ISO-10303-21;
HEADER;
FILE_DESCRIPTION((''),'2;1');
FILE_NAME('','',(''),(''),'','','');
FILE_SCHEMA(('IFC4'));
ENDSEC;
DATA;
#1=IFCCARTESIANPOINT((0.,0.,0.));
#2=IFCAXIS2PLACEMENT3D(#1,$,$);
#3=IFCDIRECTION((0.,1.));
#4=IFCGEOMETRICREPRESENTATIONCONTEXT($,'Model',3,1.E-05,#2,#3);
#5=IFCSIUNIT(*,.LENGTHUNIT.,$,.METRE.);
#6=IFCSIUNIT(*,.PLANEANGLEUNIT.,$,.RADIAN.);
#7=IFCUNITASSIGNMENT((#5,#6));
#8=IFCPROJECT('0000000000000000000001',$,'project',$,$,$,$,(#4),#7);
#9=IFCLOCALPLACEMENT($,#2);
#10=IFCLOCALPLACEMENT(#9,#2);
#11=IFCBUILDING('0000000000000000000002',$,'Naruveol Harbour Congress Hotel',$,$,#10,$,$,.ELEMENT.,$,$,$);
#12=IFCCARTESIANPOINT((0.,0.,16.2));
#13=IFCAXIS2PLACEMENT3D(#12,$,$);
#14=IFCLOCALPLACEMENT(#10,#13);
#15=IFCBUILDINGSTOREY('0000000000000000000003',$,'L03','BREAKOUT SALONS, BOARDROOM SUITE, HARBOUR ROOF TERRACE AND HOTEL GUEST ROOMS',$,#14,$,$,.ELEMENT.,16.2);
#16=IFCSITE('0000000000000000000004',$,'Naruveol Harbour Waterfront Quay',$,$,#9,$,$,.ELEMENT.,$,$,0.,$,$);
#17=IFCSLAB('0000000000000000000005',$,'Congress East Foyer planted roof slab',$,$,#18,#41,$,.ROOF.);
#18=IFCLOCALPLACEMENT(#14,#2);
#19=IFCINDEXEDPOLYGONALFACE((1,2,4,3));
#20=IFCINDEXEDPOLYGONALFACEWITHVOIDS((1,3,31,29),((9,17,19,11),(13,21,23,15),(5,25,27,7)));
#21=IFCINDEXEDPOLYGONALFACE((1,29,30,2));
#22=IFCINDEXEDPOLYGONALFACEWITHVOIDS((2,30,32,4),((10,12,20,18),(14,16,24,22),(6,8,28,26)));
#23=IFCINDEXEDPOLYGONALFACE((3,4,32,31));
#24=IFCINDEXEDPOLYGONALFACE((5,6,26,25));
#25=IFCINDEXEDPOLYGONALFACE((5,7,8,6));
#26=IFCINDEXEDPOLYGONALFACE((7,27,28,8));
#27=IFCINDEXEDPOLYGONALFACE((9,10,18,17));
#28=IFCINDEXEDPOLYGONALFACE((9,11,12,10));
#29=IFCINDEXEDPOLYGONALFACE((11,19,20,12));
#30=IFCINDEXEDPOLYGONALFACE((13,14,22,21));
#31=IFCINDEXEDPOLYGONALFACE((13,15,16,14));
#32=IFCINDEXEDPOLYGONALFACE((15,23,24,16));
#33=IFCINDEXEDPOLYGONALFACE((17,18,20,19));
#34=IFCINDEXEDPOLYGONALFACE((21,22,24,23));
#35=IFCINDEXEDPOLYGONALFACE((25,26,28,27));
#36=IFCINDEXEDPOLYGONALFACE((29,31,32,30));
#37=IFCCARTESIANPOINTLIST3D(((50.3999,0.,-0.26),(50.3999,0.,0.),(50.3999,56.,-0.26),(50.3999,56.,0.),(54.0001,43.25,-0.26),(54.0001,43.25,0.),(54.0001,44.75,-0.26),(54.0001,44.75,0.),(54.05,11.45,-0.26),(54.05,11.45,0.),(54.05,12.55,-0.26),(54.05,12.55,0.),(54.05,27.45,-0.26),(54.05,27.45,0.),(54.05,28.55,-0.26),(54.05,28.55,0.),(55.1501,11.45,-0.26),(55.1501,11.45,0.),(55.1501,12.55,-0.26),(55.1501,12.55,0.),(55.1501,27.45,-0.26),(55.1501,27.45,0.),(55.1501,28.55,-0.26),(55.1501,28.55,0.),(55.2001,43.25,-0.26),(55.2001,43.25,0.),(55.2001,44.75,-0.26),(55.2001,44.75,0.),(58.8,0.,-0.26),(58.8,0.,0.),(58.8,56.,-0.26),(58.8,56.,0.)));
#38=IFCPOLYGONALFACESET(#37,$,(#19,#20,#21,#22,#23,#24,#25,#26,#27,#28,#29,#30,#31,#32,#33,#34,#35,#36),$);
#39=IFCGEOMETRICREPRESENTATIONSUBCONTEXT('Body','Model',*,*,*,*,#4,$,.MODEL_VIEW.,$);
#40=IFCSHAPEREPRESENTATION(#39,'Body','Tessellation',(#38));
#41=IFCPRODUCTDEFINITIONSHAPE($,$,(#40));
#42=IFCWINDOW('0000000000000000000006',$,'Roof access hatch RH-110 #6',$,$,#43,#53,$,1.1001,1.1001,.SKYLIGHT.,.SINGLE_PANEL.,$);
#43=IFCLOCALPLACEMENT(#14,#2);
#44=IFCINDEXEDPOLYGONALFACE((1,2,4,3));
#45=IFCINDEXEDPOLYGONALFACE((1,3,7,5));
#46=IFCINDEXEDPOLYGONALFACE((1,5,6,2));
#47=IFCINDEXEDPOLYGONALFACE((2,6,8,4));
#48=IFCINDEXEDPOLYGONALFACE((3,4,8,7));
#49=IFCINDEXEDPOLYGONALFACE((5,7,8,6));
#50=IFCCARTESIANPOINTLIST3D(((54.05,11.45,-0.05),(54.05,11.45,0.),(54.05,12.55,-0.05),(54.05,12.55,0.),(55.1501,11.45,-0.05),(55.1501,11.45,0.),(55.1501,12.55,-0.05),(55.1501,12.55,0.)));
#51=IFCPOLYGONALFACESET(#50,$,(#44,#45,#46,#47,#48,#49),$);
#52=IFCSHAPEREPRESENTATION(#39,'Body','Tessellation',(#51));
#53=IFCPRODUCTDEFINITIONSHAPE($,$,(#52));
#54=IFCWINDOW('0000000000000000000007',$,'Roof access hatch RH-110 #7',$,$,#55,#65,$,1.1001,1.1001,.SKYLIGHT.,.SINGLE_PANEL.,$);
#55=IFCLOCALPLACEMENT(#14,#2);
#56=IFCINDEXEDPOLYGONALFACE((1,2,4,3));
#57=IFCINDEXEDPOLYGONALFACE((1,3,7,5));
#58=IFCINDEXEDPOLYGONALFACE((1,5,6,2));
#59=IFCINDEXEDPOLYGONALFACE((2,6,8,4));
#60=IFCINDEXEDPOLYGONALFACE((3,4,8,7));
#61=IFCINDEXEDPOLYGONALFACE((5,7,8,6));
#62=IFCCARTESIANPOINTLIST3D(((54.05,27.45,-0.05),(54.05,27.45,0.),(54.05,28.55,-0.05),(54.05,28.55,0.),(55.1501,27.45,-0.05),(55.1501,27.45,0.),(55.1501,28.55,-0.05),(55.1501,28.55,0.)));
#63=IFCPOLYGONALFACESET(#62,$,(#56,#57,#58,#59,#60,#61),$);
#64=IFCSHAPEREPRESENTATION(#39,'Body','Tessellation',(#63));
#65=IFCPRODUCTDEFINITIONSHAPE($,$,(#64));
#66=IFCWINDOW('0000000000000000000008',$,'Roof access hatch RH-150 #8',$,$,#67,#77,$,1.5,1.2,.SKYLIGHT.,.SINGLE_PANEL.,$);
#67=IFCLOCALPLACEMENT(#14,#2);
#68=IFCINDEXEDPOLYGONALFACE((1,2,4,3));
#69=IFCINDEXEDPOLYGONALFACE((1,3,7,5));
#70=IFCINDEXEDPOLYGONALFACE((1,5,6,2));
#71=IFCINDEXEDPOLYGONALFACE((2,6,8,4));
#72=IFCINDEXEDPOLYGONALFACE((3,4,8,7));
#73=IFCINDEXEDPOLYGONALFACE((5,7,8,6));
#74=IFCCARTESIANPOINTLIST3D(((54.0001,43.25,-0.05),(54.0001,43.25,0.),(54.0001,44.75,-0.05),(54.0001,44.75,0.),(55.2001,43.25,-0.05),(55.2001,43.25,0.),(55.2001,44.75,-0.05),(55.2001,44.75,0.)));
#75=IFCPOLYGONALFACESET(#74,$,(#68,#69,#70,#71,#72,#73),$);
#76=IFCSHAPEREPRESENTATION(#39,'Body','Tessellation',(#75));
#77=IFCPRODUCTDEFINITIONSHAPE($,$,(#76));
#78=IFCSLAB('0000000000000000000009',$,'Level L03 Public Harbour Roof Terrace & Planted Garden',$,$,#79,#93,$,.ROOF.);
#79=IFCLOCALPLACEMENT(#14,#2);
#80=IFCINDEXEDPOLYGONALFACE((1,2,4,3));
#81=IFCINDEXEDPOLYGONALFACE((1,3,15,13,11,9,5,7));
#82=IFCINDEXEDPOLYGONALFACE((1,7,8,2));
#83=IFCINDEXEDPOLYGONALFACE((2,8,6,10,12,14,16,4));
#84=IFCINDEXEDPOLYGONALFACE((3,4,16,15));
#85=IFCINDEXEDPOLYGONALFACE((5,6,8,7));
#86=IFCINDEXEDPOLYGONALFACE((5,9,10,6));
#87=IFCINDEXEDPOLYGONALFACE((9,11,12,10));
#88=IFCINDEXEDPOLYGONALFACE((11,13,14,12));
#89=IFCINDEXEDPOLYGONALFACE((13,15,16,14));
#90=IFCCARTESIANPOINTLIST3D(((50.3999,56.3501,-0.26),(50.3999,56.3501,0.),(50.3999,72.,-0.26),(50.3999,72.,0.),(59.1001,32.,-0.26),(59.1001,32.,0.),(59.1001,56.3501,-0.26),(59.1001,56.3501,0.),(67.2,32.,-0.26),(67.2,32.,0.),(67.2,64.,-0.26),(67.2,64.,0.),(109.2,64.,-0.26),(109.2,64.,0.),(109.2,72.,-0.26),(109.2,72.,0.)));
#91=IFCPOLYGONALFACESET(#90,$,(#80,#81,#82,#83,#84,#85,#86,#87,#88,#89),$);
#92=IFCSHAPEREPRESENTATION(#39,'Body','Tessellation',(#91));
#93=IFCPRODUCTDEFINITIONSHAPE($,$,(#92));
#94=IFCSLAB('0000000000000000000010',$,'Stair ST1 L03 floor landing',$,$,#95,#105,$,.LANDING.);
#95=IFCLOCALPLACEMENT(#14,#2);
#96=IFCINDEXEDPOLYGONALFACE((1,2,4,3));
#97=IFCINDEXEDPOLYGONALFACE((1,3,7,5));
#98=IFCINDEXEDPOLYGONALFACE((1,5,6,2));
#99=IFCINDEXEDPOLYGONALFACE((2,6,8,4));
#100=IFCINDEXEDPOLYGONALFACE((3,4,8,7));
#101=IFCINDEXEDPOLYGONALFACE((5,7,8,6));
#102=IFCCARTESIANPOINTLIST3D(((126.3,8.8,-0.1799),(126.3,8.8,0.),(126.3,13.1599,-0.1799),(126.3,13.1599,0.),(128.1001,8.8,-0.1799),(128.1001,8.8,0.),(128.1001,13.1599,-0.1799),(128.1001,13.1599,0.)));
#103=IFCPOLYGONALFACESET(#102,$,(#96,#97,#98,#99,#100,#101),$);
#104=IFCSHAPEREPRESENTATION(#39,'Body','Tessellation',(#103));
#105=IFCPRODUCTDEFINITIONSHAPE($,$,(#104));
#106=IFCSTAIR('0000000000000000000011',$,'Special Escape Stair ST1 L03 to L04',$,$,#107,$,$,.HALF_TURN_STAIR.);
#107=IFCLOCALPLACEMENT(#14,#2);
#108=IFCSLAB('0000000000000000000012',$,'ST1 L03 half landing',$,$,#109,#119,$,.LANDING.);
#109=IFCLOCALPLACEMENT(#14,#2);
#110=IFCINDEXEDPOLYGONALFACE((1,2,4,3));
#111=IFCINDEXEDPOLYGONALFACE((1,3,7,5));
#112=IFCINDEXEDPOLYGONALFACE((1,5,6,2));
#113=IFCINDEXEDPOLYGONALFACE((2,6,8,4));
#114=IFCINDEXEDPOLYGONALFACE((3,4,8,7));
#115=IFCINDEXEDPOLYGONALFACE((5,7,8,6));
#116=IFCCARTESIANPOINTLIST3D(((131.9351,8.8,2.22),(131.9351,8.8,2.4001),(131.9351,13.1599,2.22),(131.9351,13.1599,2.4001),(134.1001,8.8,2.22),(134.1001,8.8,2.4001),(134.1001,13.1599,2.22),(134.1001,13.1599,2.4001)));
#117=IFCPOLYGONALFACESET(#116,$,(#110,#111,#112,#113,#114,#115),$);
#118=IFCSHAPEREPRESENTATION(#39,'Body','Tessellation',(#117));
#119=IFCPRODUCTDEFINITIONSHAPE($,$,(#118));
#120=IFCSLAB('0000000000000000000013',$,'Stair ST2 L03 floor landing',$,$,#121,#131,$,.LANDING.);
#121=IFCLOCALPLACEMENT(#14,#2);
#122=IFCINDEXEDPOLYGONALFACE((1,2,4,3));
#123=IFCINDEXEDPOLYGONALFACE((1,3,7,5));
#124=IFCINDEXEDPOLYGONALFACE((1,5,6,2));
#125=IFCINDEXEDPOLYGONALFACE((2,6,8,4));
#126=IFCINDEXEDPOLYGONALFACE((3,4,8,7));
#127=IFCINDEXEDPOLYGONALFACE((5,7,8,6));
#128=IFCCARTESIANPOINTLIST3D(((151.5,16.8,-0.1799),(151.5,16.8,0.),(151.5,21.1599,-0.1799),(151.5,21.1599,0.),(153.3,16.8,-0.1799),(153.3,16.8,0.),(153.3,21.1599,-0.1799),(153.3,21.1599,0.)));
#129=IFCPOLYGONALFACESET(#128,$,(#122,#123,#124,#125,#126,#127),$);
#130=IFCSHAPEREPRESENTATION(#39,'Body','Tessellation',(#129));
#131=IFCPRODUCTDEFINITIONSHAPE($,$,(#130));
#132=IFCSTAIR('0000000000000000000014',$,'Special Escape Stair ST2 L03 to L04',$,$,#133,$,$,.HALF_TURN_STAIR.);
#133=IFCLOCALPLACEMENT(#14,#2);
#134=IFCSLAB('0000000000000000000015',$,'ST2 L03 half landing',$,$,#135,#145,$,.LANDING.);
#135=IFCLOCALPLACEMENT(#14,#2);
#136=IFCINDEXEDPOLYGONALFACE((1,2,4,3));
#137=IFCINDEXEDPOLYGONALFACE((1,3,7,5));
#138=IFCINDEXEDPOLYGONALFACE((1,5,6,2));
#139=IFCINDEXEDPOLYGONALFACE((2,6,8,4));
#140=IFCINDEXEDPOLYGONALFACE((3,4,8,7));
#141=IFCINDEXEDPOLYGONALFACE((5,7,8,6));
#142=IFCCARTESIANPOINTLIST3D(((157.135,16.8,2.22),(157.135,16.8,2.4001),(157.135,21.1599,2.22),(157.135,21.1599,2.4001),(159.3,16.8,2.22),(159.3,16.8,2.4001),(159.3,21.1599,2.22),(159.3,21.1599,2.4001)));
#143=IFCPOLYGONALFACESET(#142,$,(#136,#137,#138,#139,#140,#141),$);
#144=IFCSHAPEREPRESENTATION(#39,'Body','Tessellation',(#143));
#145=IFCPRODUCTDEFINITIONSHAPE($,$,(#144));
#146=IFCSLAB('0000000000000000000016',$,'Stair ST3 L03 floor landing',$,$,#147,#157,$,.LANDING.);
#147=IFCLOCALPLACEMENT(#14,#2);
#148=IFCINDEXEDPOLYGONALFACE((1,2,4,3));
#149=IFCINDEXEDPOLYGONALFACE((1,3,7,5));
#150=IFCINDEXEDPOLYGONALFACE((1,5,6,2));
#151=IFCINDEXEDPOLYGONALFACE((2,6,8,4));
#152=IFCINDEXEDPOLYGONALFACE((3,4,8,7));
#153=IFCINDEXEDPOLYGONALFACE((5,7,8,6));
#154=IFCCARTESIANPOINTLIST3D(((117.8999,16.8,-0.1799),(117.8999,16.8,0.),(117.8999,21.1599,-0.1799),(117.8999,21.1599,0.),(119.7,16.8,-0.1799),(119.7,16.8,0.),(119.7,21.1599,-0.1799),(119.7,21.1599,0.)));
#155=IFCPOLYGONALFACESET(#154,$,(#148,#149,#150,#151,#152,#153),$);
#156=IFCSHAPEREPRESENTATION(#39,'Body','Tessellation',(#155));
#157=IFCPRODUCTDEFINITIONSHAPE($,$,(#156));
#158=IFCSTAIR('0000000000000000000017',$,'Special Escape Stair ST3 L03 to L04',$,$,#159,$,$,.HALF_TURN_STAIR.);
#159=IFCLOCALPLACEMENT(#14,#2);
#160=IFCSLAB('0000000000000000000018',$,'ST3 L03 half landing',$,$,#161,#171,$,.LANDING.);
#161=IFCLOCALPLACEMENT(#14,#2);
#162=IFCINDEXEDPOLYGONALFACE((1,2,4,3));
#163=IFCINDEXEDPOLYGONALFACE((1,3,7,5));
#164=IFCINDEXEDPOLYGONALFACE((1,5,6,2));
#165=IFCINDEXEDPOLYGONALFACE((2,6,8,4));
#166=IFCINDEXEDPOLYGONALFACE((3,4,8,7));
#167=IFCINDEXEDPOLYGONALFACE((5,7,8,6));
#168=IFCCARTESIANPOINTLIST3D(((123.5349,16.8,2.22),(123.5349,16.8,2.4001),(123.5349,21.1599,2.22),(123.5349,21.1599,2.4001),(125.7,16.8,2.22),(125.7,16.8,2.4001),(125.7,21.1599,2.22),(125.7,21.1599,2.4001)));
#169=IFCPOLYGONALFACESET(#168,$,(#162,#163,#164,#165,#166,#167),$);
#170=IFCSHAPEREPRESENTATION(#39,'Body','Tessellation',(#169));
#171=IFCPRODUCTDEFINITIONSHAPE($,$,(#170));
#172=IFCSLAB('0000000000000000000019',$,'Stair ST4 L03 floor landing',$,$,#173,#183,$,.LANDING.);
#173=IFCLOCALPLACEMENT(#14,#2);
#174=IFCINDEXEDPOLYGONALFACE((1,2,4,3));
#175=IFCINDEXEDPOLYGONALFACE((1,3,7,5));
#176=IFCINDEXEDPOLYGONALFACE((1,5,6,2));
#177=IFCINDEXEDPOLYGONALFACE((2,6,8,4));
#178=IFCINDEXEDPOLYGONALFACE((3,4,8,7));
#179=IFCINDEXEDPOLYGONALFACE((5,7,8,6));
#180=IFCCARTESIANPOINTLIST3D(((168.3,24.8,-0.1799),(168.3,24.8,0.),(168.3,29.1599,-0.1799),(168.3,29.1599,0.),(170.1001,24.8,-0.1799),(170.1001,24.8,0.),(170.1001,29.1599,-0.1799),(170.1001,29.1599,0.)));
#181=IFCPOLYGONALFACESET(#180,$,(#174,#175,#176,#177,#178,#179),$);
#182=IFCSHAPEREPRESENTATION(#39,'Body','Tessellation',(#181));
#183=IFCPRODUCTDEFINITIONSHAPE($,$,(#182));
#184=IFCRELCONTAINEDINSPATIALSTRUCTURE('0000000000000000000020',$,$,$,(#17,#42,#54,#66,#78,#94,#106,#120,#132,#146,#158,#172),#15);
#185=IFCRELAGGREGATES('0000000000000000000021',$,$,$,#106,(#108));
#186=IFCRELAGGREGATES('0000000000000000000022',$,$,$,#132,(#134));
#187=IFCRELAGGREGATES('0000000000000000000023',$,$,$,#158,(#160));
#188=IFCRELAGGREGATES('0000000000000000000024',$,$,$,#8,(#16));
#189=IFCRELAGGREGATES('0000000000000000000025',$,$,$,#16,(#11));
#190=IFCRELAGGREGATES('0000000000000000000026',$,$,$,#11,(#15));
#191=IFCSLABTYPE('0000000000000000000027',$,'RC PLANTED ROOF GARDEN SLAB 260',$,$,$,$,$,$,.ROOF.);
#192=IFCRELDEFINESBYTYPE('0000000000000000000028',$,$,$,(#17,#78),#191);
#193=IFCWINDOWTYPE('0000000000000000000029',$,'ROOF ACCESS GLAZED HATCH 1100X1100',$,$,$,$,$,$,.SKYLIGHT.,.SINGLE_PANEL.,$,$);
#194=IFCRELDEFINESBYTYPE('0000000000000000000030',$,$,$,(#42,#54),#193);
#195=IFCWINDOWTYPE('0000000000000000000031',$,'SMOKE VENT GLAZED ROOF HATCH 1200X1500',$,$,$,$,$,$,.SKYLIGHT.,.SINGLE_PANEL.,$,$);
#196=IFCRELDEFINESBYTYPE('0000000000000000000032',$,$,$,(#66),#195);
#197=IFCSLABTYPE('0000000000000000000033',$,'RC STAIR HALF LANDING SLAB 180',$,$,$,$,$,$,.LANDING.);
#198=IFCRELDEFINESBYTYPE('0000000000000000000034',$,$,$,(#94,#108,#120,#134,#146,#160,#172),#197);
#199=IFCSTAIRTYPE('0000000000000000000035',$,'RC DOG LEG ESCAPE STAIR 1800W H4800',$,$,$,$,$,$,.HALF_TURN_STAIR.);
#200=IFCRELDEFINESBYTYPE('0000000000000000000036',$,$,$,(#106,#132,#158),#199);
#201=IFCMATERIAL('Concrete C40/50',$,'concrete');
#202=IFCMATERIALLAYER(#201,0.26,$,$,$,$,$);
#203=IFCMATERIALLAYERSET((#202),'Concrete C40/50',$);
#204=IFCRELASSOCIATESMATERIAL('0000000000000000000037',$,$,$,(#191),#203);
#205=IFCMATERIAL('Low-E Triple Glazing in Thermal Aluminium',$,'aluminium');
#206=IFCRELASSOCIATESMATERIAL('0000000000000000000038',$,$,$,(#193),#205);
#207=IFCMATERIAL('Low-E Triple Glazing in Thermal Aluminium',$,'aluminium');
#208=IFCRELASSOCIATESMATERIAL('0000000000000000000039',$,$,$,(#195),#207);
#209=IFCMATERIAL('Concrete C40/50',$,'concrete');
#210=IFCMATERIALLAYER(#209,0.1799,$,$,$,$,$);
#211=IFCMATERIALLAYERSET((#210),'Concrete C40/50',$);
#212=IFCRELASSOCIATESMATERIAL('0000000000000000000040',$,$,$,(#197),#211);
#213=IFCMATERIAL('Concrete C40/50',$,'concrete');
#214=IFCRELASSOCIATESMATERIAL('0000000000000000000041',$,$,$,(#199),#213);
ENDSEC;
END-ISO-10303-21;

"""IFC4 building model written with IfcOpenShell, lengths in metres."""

from ifc_helpers import new_model, si_unit, direction, frame, origin, origin_2d, place, context, subcontext, project, spatial, polyline, rectangle, outline, extrude, material, layer, layer_set, type_object, element, fill, aggregate, save


model = new_model("IFC4")

# Units and contexts
model_context = context("Model", 3, precision=1e-05, world=origin(), true_north=direction((0.0, 1.0)))
body_context = subcontext(model_context, "Body", "Model", "MODEL_VIEW")
ifc_project = project(units=[si_unit("LENGTHUNIT", "METRE"), si_unit("PLANEANGLEUNIT", "RADIAN")], contexts=[model_context])

# Site, building, storey
site_placement = place(None, origin())
site = spatial("IfcSite", under=ifc_project, at=site_placement, Name="Naruveol Harbour Waterfront Quay", CompositionType="ELEMENT", RefElevation=0.0)
building_placement = place(site_placement, origin())
building = spatial("IfcBuilding", under=site, at=building_placement, Name="Naruveol Harbour Congress Hotel", CompositionType="ELEMENT")
storey_placement = place(building_placement, frame((0.0, 0.0, 16.2)))
storey = spatial("IfcBuildingStorey", under=building, at=storey_placement, Name="L03", Description="BREAKOUT SALONS, BOARDROOM SUITE, HARBOUR ROOF TERRACE AND HOTEL GUEST ROOMS", CompositionType="ELEMENT", Elevation=16.2)

# Slab, openings, windows
ifc_material_1 = material(Name="Concrete C40/50", Category="concrete")
ifc_layer_1 = layer(ifc_material_1, 0.26)
ifc_layer_set_1 = layer_set([ifc_layer_1], Name="Concrete C40/50")
slab_type_1 = type_object("IfcSlabType", Name="RC PLANTED ROOF GARDEN SLAB 260", PredefinedType="ROOF", material=ifc_layer_set_1)
slab_1_placement = place(storey_placement, frame((0.0, 0.0, -0.26)))
slab_1 = element("IfcSlab", 1, at=slab_1_placement, inside=storey, type_object=slab_type_1, Name="Congress East Foyer planted roof slab", PredefinedType="ROOF", context=body_context, shape_type="SweptSolid", body=[
    extrude(outline(polyline([(50.3999, 0.0), (58.8, 0.0), (58.8, 56.0), (50.3999, 56.0), (50.3999, 0.0)])), origin(), (0.0, 0.0, 1.0), 0.26),
])
opening_1_placement = place(slab_1_placement, frame((54.6001, 12.0, 0.0)))
opening_1 = element("IfcOpeningElement", 2, at=opening_1_placement, cuts=slab_1, PredefinedType="OPENING", context=body_context, shape_type="SweptSolid", body=[
    extrude(rectangle(XDim=1.1001, YDim=1.1001, at=origin_2d()), origin(), (0.0, 0.0, 1.0), 0.26),
])
opening_2_placement = place(slab_1_placement, frame((54.6001, 28.0, 0.0)))
opening_2 = element("IfcOpeningElement", 3, at=opening_2_placement, cuts=slab_1, PredefinedType="OPENING", context=body_context, shape_type="SweptSolid", body=[
    extrude(rectangle(XDim=1.1001, YDim=1.1001, at=origin_2d()), origin(), (0.0, 0.0, 1.0), 0.26),
])
opening_3_placement = place(slab_1_placement, frame((54.6001, 44.0, 0.0)))
opening_3 = element("IfcOpeningElement", 4, at=opening_3_placement, cuts=slab_1, PredefinedType="OPENING", context=body_context, shape_type="SweptSolid", body=[
    extrude(rectangle(XDim=1.2, YDim=1.5, at=origin_2d()), origin(), (0.0, 0.0, 1.0), 0.26),
])
ifc_material_2 = material(Name="Low-E Triple Glazing in Thermal Aluminium", Category="aluminium")
window_type_1 = type_object("IfcWindowType", Name="ROOF ACCESS GLAZED HATCH 1100X1100", PartitioningType="SINGLE_PANEL", PredefinedType="SKYLIGHT", material=ifc_material_2)
window_1_placement = place(opening_1_placement, frame((0.0, 0.0, 0.21)))
window_1 = element("IfcWindow", 5, at=window_1_placement, inside=storey, type_object=window_type_1, Name="Roof access hatch RH-110 #6", OverallHeight=1.1001, OverallWidth=1.1001, PartitioningType="SINGLE_PANEL", PredefinedType="SKYLIGHT", context=body_context, shape_type="SweptSolid", body=[
    extrude(rectangle(XDim=1.1001, YDim=1.1001, at=origin_2d()), origin(), (0.0, 0.0, 1.0), 0.05),
])
fill(opening_1, window_1)
window_2_placement = place(opening_2_placement, frame((0.0, 0.0, 0.21)))
window_2 = element("IfcWindow", 6, at=window_2_placement, inside=storey, type_object=window_type_1, Name="Roof access hatch RH-110 #7", OverallHeight=1.1001, OverallWidth=1.1001, PartitioningType="SINGLE_PANEL", PredefinedType="SKYLIGHT", context=body_context, shape_type="SweptSolid", body=[
    extrude(rectangle(XDim=1.1001, YDim=1.1001, at=origin_2d()), origin(), (0.0, 0.0, 1.0), 0.05),
])
fill(opening_2, window_2)
ifc_material_3 = material(Name="Low-E Triple Glazing in Thermal Aluminium", Category="aluminium")
window_type_2 = type_object("IfcWindowType", Name="SMOKE VENT GLAZED ROOF HATCH 1200X1500", PartitioningType="SINGLE_PANEL", PredefinedType="SKYLIGHT", material=ifc_material_3)
window_3_placement = place(opening_3_placement, frame((0.0, 0.0, 0.21)))
window_3 = element("IfcWindow", 7, at=window_3_placement, inside=storey, type_object=window_type_2, Name="Roof access hatch RH-150 #8", OverallHeight=1.5, OverallWidth=1.2, PartitioningType="SINGLE_PANEL", PredefinedType="SKYLIGHT", context=body_context, shape_type="SweptSolid", body=[
    extrude(rectangle(XDim=1.2, YDim=1.5, at=origin_2d()), origin(), (0.0, 0.0, 1.0), 0.05),
])
fill(opening_3, window_3)

# Slabs
slab_2_placement = place(storey_placement, frame((0.0, 0.0, -0.26)))
element("IfcSlab", 8, at=slab_2_placement, inside=storey, type_object=slab_type_1, Name="Level L03 Public Harbour Roof Terrace & Planted Garden", PredefinedType="ROOF", context=body_context, shape_type="SweptSolid", body=[
    extrude(outline(polyline([(59.1001, 32.0), (67.2, 32.0), (67.2, 64.0), (109.2, 64.0), (109.2, 72.0), (50.3999, 72.0), (50.3999, 56.3501), (59.1001, 56.3501), (59.1001, 32.0)])), origin(), (0.0, 0.0, 1.0), 0.26),
])
ifc_material_4 = material(Name="Concrete C40/50", Category="concrete")
ifc_layer_2 = layer(ifc_material_4, 0.1799)
ifc_layer_set_2 = layer_set([ifc_layer_2], Name="Concrete C40/50")
slab_type_2 = type_object("IfcSlabType", Name="RC STAIR HALF LANDING SLAB 180", PredefinedType="LANDING", material=ifc_layer_set_2)
slab_3_placement = place(storey_placement, frame((0.0, 0.0, -0.1799)))
element("IfcSlab", 9, at=slab_3_placement, inside=storey, type_object=slab_type_2, Name="Stair ST1 L03 floor landing", PredefinedType="LANDING", context=body_context, shape_type="SweptSolid", body=[
    extrude(outline(polyline([(126.3, 8.8), (128.1001, 8.8), (128.1001, 13.1599), (126.3, 13.1599), (126.3, 8.8)])), origin(), (0.0, 0.0, 1.0), 0.1799),
])

# Stair, slab
ifc_material_5 = material(Name="Concrete C40/50", Category="concrete")
stair_type = type_object("IfcStairType", Name="RC DOG LEG ESCAPE STAIR 1800W H4800", PredefinedType="HALF_TURN_STAIR", material=ifc_material_5)
stair_1_placement = place(storey_placement, origin())
stair_1 = element("IfcStair", 10, at=stair_1_placement, inside=storey, type_object=stair_type, Name="Special Escape Stair ST1 L03 to L04", PredefinedType="HALF_TURN_STAIR")
slab_4_placement = place(storey_placement, frame((0.0, 0.0, 2.22)))
slab_4 = element("IfcSlab", 11, at=slab_4_placement, type_object=slab_type_2, Name="ST1 L03 half landing", PredefinedType="LANDING", context=body_context, shape_type="SweptSolid", body=[
    extrude(outline(polyline([(131.9351, 8.8), (134.1001, 8.8), (134.1001, 13.1599), (131.9351, 13.1599), (131.9351, 8.8)])), origin(), (0.0, 0.0, 1.0), 0.1802),
])
aggregate(stair_1, [slab_4])

# Slab
slab_5_placement = place(storey_placement, frame((0.0, 0.0, -0.1799)))
element("IfcSlab", 12, at=slab_5_placement, inside=storey, type_object=slab_type_2, Name="Stair ST2 L03 floor landing", PredefinedType="LANDING", context=body_context, shape_type="SweptSolid", body=[
    extrude(outline(polyline([(151.5, 16.8), (153.3, 16.8), (153.3, 21.1599), (151.5, 21.1599), (151.5, 16.8)])), origin(), (0.0, 0.0, 1.0), 0.1799),
])

# Stair, slab
stair_2_placement = place(storey_placement, origin())
stair_2 = element("IfcStair", 13, at=stair_2_placement, inside=storey, type_object=stair_type, Name="Special Escape Stair ST2 L03 to L04", PredefinedType="HALF_TURN_STAIR")
slab_6_placement = place(storey_placement, frame((0.0, 0.0, 2.22)))
slab_6 = element("IfcSlab", 14, at=slab_6_placement, type_object=slab_type_2, Name="ST2 L03 half landing", PredefinedType="LANDING", context=body_context, shape_type="SweptSolid", body=[
    extrude(outline(polyline([(157.135, 16.8), (159.3, 16.8), (159.3, 21.1599), (157.135, 21.1599), (157.135, 16.8)])), origin(), (0.0, 0.0, 1.0), 0.1802),
])
aggregate(stair_2, [slab_6])

# Slab
slab_7_placement = place(storey_placement, frame((0.0, 0.0, -0.1799)))
element("IfcSlab", 15, at=slab_7_placement, inside=storey, type_object=slab_type_2, Name="Stair ST3 L03 floor landing", PredefinedType="LANDING", context=body_context, shape_type="SweptSolid", body=[
    extrude(outline(polyline([(117.8999, 16.8), (119.7, 16.8), (119.7, 21.1599), (117.8999, 21.1599), (117.8999, 16.8)])), origin(), (0.0, 0.0, 1.0), 0.1799),
])

# Stair, slab
stair_3_placement = place(storey_placement, origin())
stair_3 = element("IfcStair", 16, at=stair_3_placement, inside=storey, type_object=stair_type, Name="Special Escape Stair ST3 L03 to L04", PredefinedType="HALF_TURN_STAIR")
slab_8_placement = place(storey_placement, frame((0.0, 0.0, 2.22)))
slab_8 = element("IfcSlab", 17, at=slab_8_placement, type_object=slab_type_2, Name="ST3 L03 half landing", PredefinedType="LANDING", context=body_context, shape_type="SweptSolid", body=[
    extrude(outline(polyline([(123.5349, 16.8), (125.7, 16.8), (125.7, 21.1599), (123.5349, 21.1599), (123.5349, 16.8)])), origin(), (0.0, 0.0, 1.0), 0.1802),
])
aggregate(stair_3, [slab_8])

# Slab
slab_9_placement = place(storey_placement, frame((0.0, 0.0, -0.1799)))
element("IfcSlab", 18, at=slab_9_placement, inside=storey, type_object=slab_type_2, Name="Stair ST4 L03 floor landing", PredefinedType="LANDING", context=body_context, shape_type="SweptSolid", body=[
    extrude(outline(polyline([(168.3, 24.8), (170.1001, 24.8), (170.1001, 29.1599), (168.3, 29.1599), (168.3, 24.8)])), origin(), (0.0, 0.0, 1.0), 0.1799),
])

save(model, "model.ifc")
